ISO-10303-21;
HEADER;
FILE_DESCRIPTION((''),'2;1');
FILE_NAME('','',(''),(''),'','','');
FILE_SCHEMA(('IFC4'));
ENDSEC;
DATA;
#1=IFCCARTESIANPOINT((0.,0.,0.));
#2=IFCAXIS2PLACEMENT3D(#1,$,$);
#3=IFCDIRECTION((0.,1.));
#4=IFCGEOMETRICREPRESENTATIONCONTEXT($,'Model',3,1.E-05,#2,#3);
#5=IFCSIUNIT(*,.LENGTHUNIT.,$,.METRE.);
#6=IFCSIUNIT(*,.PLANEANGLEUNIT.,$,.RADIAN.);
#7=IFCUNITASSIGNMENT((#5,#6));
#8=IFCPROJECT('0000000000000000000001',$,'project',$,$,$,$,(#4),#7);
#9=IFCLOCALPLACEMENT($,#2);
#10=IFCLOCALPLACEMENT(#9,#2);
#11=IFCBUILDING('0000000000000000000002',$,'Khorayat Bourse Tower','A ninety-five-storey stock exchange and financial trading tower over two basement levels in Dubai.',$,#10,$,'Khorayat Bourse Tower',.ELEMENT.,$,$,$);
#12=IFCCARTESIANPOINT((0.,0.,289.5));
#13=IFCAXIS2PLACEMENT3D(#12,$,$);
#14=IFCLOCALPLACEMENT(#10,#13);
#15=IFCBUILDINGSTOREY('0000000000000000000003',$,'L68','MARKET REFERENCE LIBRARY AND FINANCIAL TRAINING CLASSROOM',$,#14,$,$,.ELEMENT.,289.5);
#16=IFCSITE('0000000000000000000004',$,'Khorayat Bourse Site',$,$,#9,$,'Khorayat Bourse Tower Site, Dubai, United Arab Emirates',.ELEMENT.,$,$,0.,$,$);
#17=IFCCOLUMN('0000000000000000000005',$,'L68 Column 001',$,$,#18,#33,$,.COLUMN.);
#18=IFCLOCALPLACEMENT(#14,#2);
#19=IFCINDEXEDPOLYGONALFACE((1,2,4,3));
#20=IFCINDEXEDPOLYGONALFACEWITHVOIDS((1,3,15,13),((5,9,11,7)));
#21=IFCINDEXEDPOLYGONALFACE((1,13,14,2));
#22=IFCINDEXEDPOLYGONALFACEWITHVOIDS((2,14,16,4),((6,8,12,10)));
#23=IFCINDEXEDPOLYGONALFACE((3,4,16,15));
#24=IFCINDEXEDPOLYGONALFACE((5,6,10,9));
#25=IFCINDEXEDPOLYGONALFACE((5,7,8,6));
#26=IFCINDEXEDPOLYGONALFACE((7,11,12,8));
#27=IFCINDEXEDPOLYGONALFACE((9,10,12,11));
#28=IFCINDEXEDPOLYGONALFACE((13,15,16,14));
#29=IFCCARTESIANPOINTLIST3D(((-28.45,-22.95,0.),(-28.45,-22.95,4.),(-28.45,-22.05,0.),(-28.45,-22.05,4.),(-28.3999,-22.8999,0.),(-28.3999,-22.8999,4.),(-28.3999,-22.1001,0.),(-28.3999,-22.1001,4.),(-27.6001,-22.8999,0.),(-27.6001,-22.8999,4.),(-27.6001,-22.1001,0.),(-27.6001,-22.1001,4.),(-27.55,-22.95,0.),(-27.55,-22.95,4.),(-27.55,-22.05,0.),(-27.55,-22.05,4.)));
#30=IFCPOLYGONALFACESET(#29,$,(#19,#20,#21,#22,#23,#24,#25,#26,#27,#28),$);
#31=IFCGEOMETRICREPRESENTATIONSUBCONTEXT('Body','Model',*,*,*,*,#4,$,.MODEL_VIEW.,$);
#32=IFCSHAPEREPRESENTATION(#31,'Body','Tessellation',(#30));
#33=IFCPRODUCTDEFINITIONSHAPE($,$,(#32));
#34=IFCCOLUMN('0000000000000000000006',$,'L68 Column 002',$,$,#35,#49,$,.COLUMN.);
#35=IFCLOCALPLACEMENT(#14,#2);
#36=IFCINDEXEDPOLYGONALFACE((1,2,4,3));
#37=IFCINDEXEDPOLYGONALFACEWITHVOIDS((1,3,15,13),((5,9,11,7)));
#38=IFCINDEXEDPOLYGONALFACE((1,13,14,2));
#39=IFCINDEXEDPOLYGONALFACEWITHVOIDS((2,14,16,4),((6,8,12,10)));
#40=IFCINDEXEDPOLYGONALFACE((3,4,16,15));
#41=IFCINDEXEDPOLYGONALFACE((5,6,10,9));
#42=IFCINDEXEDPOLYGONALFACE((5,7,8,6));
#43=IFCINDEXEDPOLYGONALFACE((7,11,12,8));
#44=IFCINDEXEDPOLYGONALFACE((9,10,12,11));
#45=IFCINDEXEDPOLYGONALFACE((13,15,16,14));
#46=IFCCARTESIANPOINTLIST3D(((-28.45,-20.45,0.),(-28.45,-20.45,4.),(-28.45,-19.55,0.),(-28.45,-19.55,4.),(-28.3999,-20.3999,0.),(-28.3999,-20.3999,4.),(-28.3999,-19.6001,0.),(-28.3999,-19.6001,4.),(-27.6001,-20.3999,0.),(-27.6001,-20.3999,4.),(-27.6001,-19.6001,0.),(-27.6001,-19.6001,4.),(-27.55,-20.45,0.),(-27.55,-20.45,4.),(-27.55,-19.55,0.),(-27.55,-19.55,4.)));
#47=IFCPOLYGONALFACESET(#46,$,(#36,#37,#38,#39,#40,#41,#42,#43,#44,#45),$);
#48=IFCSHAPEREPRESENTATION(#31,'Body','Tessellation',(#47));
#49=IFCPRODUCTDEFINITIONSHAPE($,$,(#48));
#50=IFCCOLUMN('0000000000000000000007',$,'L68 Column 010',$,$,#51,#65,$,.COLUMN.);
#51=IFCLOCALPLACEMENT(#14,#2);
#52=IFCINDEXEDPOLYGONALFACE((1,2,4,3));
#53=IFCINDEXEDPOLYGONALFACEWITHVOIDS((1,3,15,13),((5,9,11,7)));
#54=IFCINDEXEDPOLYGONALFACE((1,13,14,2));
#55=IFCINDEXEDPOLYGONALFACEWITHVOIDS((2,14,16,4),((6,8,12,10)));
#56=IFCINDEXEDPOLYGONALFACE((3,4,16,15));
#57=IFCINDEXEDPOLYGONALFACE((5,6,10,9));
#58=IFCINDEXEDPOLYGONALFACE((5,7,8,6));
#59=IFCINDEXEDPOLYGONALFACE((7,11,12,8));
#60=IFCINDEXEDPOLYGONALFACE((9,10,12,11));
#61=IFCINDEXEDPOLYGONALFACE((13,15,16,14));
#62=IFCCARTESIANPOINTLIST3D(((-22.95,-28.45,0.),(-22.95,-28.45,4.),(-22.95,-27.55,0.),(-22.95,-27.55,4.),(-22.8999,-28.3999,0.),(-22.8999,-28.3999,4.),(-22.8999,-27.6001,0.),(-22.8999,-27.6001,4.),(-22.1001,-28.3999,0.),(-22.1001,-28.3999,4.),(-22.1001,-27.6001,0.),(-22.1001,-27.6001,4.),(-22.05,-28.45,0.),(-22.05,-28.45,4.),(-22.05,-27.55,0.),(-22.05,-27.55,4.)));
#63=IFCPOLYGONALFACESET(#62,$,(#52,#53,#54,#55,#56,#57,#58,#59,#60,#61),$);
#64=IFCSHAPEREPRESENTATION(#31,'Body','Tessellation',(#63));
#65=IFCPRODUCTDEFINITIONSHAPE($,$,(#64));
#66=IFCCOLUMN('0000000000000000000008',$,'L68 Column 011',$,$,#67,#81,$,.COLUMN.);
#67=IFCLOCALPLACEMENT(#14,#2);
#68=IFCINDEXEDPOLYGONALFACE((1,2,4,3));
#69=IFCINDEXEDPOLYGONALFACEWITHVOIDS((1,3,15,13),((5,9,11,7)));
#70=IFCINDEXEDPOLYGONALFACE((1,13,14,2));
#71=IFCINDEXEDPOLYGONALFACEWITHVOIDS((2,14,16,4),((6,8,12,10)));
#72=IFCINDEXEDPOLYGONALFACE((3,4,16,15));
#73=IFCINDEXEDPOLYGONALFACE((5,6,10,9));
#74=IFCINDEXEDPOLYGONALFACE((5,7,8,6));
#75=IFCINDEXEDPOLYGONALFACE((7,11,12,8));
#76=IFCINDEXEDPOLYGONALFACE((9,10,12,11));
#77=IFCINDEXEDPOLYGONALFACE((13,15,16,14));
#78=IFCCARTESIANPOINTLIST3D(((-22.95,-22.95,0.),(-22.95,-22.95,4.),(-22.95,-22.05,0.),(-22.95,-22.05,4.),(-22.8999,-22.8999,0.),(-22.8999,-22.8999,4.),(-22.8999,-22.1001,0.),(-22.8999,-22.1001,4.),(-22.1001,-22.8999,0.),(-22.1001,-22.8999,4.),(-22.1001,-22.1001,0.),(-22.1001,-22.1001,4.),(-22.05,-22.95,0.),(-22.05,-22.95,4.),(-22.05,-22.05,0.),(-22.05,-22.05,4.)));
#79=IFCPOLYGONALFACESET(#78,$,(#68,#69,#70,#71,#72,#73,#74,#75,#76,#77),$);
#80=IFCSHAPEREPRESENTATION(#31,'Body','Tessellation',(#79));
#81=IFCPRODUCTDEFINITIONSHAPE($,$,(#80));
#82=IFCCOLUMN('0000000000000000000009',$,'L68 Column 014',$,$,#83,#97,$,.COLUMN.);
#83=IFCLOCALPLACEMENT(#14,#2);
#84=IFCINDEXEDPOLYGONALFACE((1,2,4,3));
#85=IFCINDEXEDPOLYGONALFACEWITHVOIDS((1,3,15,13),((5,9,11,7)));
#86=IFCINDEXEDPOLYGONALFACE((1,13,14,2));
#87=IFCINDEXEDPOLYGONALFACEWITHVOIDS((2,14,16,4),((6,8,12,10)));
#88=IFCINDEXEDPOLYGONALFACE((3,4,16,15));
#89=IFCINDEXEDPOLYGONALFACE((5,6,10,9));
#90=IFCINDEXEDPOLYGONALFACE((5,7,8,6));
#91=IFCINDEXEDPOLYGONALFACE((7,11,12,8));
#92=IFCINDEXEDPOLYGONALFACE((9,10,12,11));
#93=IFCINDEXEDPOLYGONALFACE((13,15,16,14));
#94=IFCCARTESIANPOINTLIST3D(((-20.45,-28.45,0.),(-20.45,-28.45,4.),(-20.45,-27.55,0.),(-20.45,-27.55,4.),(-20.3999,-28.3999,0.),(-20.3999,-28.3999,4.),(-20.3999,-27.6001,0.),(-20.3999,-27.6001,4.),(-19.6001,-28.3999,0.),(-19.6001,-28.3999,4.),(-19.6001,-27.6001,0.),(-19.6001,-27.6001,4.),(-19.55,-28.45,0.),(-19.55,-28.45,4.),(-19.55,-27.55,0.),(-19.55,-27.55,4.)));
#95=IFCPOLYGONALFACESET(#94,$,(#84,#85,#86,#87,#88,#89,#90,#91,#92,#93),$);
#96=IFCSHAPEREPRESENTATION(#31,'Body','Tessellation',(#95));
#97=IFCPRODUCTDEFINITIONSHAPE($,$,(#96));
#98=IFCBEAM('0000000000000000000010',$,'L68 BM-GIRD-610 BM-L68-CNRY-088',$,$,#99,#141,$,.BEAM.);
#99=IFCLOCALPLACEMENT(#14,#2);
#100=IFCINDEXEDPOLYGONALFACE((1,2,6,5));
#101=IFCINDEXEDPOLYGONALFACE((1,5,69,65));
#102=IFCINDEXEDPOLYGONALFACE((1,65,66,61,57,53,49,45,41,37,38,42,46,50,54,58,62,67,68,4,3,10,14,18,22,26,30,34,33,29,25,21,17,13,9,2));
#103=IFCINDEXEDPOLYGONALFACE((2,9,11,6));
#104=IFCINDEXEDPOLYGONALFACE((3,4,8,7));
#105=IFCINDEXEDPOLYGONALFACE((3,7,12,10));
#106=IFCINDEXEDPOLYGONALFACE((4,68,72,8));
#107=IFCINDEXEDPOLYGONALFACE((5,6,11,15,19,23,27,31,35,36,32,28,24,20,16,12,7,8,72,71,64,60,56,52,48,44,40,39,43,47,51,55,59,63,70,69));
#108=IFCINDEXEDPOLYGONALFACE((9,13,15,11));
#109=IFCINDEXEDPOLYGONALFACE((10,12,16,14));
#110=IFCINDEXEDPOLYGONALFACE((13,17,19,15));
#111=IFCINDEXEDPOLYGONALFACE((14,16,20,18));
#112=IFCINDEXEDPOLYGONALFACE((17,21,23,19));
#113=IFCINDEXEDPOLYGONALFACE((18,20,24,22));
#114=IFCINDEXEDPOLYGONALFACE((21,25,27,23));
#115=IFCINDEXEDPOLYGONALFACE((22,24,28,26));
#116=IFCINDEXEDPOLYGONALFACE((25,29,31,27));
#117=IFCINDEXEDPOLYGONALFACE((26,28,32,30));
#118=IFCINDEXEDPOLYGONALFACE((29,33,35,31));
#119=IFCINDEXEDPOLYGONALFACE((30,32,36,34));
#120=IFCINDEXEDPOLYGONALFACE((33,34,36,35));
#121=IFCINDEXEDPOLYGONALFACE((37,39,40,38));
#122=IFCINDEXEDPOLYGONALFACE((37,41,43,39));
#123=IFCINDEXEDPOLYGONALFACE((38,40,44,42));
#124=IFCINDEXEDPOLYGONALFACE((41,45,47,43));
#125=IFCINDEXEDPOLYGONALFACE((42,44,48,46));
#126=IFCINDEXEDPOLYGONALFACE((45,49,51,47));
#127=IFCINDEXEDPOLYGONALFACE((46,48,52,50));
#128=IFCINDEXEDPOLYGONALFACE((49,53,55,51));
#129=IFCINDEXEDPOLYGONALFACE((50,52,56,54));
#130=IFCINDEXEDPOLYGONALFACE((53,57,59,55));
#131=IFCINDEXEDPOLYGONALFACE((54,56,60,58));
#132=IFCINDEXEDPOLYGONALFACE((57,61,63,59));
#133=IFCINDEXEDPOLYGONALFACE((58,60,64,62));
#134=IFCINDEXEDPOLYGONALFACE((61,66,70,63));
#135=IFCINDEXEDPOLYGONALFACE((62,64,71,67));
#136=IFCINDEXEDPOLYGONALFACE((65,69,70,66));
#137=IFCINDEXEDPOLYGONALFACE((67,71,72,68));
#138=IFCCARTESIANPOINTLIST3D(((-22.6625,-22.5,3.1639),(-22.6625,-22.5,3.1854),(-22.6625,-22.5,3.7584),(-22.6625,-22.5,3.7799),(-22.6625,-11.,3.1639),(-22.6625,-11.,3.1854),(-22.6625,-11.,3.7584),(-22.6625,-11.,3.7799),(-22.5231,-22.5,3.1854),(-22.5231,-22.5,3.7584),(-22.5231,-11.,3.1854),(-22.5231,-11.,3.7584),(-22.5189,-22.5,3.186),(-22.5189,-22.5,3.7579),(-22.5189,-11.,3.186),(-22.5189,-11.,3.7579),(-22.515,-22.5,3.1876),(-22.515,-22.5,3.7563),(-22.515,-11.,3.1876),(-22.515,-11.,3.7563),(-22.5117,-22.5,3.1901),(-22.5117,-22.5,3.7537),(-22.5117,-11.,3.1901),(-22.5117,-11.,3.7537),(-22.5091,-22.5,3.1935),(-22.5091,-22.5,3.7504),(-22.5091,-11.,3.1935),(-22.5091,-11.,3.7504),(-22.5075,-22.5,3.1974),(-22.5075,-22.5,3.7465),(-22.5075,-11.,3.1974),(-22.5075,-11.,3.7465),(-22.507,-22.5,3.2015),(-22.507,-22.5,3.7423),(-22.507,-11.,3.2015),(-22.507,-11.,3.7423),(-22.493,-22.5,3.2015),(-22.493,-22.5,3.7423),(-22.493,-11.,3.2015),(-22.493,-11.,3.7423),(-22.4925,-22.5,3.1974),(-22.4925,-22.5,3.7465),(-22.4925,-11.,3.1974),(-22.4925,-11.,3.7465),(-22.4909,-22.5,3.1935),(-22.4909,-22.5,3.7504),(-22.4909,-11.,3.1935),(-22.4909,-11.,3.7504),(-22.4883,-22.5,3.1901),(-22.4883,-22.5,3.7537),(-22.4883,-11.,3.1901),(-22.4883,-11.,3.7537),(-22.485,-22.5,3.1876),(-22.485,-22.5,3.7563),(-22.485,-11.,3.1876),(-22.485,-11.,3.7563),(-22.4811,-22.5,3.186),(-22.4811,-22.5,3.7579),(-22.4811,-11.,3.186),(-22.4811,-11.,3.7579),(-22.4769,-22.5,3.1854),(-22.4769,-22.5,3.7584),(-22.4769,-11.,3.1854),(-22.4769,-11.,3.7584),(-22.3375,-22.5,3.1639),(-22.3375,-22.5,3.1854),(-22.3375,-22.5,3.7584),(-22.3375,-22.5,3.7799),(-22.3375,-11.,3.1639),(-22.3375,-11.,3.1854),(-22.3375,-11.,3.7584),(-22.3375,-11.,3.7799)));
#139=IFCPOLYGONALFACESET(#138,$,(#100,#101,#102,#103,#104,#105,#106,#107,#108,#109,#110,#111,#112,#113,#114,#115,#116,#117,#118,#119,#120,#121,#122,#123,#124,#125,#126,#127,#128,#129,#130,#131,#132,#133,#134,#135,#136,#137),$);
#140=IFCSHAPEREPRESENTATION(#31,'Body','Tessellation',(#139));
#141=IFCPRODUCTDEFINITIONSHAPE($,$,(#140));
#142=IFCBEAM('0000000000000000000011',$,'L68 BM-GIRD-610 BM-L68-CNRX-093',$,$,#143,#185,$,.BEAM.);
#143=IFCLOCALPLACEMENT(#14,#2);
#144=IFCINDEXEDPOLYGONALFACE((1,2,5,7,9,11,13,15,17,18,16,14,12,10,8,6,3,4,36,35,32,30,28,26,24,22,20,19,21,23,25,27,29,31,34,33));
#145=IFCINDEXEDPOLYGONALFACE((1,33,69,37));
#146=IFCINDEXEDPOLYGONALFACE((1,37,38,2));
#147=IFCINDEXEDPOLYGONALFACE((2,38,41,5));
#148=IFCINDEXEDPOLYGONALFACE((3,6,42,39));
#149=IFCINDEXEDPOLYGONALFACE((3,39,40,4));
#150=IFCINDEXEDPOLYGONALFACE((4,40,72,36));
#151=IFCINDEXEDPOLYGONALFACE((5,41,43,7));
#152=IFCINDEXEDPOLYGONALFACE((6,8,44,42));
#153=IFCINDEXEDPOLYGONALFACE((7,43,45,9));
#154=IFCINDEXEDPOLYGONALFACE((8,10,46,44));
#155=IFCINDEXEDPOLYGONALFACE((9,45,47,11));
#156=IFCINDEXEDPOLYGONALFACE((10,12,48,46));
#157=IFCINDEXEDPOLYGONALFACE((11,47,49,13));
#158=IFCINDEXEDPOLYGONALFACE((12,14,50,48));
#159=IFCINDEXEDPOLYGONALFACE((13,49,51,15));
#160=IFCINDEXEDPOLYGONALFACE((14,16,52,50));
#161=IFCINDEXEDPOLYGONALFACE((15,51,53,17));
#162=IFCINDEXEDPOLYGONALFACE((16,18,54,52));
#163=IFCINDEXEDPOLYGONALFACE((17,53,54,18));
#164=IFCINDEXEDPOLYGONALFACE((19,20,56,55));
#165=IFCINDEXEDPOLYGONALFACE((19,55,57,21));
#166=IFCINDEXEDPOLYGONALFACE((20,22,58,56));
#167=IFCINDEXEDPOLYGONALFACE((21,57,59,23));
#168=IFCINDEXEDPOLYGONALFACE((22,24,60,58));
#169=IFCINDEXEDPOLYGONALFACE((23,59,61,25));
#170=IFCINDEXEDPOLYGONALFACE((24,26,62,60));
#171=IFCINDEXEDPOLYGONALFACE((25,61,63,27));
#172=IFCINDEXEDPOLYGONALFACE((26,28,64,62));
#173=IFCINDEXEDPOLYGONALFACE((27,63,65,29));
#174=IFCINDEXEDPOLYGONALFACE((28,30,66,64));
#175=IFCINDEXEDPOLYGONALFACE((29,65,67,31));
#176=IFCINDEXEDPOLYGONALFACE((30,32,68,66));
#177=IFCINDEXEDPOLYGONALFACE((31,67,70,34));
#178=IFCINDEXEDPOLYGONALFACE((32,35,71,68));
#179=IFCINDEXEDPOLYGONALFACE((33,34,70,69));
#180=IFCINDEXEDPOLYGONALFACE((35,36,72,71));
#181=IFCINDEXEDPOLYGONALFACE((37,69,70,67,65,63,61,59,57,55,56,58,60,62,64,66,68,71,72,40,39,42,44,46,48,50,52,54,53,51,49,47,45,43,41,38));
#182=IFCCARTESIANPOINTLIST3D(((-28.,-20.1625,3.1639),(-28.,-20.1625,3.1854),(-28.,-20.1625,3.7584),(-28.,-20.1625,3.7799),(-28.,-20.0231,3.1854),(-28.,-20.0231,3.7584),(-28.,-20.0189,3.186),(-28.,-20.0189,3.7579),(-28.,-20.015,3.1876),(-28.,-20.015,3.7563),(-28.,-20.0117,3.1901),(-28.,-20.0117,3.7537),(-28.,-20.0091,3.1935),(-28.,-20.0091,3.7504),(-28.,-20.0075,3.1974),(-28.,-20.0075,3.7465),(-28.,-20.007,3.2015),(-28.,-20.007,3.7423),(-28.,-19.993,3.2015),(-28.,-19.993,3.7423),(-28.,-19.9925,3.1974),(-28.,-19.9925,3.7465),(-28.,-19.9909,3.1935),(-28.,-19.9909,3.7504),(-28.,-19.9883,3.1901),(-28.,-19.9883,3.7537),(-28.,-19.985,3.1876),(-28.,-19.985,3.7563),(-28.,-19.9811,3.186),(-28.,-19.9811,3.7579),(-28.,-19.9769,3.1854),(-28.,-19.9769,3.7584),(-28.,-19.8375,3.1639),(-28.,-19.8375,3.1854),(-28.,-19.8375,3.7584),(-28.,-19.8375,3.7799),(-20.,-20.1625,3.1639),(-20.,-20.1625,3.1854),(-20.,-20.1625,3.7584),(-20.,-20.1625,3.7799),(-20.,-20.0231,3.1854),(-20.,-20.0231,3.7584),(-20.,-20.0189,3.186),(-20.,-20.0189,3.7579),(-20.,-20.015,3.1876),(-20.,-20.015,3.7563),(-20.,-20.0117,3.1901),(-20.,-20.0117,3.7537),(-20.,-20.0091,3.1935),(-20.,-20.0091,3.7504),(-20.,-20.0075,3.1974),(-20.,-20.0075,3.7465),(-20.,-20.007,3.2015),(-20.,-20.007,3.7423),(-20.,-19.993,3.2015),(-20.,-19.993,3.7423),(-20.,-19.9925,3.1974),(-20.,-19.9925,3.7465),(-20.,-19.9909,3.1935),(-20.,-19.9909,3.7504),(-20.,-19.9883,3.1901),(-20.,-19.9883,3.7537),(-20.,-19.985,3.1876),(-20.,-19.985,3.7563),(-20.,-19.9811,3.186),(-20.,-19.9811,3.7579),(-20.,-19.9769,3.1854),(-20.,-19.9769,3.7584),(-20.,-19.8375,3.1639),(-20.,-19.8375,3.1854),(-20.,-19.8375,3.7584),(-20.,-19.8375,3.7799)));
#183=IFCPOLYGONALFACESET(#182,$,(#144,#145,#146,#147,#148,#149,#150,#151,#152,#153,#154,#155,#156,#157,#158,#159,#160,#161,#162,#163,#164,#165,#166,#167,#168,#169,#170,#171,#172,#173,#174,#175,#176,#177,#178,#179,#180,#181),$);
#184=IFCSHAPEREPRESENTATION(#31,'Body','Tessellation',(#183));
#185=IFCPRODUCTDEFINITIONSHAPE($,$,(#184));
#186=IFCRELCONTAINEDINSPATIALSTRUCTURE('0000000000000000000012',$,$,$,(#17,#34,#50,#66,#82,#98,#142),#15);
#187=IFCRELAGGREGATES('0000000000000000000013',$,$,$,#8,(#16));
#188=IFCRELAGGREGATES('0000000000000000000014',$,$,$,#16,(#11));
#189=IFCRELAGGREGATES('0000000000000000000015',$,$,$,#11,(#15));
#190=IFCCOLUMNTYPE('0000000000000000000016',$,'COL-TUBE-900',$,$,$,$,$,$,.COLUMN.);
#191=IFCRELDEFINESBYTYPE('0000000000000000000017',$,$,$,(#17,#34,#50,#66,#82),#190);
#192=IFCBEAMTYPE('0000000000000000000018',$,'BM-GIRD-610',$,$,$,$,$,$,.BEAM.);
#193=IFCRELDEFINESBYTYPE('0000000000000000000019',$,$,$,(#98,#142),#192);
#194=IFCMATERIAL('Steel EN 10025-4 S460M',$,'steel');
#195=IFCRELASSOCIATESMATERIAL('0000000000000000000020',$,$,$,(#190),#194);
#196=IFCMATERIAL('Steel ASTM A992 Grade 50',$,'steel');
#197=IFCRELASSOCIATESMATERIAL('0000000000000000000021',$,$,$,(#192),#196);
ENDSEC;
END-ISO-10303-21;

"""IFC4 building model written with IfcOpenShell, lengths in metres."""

from ifc_helpers import new_model, si_unit, direction, frame, origin, origin_2d, place, context, subcontext, project, spatial, hollow_rectangle, i_section, extrude, source, transform, mapped, material, material_profile, profile_set, type_object, element, save


model = new_model("IFC4")

# Units and contexts
model_context = context("Model", 3, precision=1e-05, world=origin(), true_north=direction((0.0, 1.0)))
body_context = subcontext(model_context, "Body", "Model", "MODEL_VIEW")
ifc_project = project(units=[si_unit("LENGTHUNIT", "METRE"), si_unit("PLANEANGLEUNIT", "RADIAN")], contexts=[model_context])

# Site, building, storey
site_placement = place(None, origin())
site = spatial("IfcSite", under=ifc_project, at=site_placement, Name="Khorayat Bourse Site", LongName="Khorayat Bourse Tower Site, Dubai, United Arab Emirates", CompositionType="ELEMENT", RefElevation=0.0)
building_placement = place(site_placement, origin())
building = spatial("IfcBuilding", under=site, at=building_placement, Name="Khorayat Bourse Tower", Description="A ninety-five-storey stock exchange and financial trading tower over two basement levels in Dubai.", LongName="Khorayat Bourse Tower", CompositionType="ELEMENT")
storey_placement = place(building_placement, frame((0.0, 0.0, 289.5)))
storey = spatial("IfcBuildingStorey", under=building, at=storey_placement, Name="L68", Description="MARKET REFERENCE LIBRARY AND FINANCIAL TRAINING CLASSROOM", CompositionType="ELEMENT", Elevation=289.5)

# Columns
ifc_material_1 = material(Name="Steel EN 10025-4 S460M", Category="steel")
ifc_material_profile_1 = material_profile(ifc_material_1, hollow_rectangle(XDim=0.8999, YDim=0.8999, WallThickness=0.05, at=origin_2d()), Name="BOX 900x900x50")
ifc_profile_set_1 = profile_set([ifc_material_profile_1], Name="Steel EN 10025-4 S460M")
column_type = type_object("IfcColumnType", Name="COL-TUBE-900", PredefinedType="COLUMN", material=ifc_profile_set_1)
shared_shape_1 = source(origin(), body_context, "Body", "SweptSolid", [
    extrude(hollow_rectangle(XDim=0.8999, YDim=0.8999, WallThickness=0.05, at=origin_2d()), origin(), (0.0, 0.0, 1.0), 4.0),
])
for number, where, z_axis, x_axis, name in (
    (1, (-28.0, -22.5, 0.0), (0.0, 0.0, 1.0), (1.0, 0.0, 0.0), "L68 Column 001"),
    (2, (-28.0, -20.0, 0.0), (0.0, 0.0, 1.0), (1.0, 0.0, 0.0), "L68 Column 002"),
    (3, (-22.5, -28.0, 0.0), (0.0, 0.0, 1.0), (1.0, 0.0, 0.0), "L68 Column 010"),
    (4, (-22.5, -22.5, 0.0), (0.0, 0.0, 1.0), (1.0, 0.0, 0.0), "L68 Column 011"),
    (5, (-20.0, -28.0, 0.0), (0.0, 0.0, 1.0), (1.0, 0.0, 0.0), "L68 Column 014"),
):
    element("IfcColumn", number, at=place(storey_placement, frame(where, z_axis=z_axis, x_axis=x_axis)), inside=storey, type_object=column_type, Name=name, PredefinedType="COLUMN", context=body_context, shape_type="MappedRepresentation", body=[
        mapped(shared_shape_1, transform((0.0, 0.0, 0.0), scale=1.0)),
    ])

# Beams
ifc_material_2 = material(Name="Steel ASTM A992 Grade 50", Category="steel")
ifc_material_profile_2 = material_profile(ifc_material_2, i_section(OverallWidth=0.325, OverallDepth=0.616, WebThickness=0.0139, FlangeThickness=0.0215, FilletRadius=0.0161, at=origin_2d()), Name="W610X174")
ifc_profile_set_2 = profile_set([ifc_material_profile_2], Name="Steel ASTM A992 Grade 50")
beam_type_1 = type_object("IfcBeamType", Name="BM-GIRD-610", PredefinedType="BEAM", material=ifc_profile_set_2)
shared_shape_2 = source(origin(), body_context, "Body", "SweptSolid", [
    extrude(i_section(OverallWidth=0.325, OverallDepth=0.616, WebThickness=0.0139, FlangeThickness=0.0215, FilletRadius=0.0161, at=origin_2d()), origin(), (0.0, 0.0, 1.0), 11.5),
])
beam_1_placement = place(storey_placement, frame((-22.5, -22.5, 3.4719), z_axis=(0.0, 1.0, 0.0), x_axis=(-1.0, 0.0, 0.0)))
element("IfcBeam", 6, at=beam_1_placement, inside=storey, type_object=beam_type_1, Name="L68 BM-GIRD-610 BM-L68-CNRY-088", PredefinedType="BEAM", context=body_context, shape_type="MappedRepresentation", body=[
    mapped(shared_shape_2, transform((0.0, 0.0, 0.0), scale=1.0)),
])
shared_shape_3 = source(origin(), body_context, "Body", "SweptSolid", [
    extrude(i_section(OverallWidth=0.325, OverallDepth=0.616, WebThickness=0.0139, FlangeThickness=0.0215, FilletRadius=0.0161, at=origin_2d()), origin(), (0.0, 0.0, 1.0), 8.0),
])
beam_2_placement = place(storey_placement, frame((-28.0, -20.0, 3.4719), z_axis=(1.0, 0.0, 0.0), x_axis=(0.0, 1.0, 0.0)))
element("IfcBeam", 7, at=beam_2_placement, inside=storey, type_object=beam_type_1, Name="L68 BM-GIRD-610 BM-L68-CNRX-093", PredefinedType="BEAM", context=body_context, shape_type="MappedRepresentation", body=[
    mapped(shared_shape_3, transform((0.0, 0.0, 0.0), scale=1.0)),
])

save(model, "model.ifc")
